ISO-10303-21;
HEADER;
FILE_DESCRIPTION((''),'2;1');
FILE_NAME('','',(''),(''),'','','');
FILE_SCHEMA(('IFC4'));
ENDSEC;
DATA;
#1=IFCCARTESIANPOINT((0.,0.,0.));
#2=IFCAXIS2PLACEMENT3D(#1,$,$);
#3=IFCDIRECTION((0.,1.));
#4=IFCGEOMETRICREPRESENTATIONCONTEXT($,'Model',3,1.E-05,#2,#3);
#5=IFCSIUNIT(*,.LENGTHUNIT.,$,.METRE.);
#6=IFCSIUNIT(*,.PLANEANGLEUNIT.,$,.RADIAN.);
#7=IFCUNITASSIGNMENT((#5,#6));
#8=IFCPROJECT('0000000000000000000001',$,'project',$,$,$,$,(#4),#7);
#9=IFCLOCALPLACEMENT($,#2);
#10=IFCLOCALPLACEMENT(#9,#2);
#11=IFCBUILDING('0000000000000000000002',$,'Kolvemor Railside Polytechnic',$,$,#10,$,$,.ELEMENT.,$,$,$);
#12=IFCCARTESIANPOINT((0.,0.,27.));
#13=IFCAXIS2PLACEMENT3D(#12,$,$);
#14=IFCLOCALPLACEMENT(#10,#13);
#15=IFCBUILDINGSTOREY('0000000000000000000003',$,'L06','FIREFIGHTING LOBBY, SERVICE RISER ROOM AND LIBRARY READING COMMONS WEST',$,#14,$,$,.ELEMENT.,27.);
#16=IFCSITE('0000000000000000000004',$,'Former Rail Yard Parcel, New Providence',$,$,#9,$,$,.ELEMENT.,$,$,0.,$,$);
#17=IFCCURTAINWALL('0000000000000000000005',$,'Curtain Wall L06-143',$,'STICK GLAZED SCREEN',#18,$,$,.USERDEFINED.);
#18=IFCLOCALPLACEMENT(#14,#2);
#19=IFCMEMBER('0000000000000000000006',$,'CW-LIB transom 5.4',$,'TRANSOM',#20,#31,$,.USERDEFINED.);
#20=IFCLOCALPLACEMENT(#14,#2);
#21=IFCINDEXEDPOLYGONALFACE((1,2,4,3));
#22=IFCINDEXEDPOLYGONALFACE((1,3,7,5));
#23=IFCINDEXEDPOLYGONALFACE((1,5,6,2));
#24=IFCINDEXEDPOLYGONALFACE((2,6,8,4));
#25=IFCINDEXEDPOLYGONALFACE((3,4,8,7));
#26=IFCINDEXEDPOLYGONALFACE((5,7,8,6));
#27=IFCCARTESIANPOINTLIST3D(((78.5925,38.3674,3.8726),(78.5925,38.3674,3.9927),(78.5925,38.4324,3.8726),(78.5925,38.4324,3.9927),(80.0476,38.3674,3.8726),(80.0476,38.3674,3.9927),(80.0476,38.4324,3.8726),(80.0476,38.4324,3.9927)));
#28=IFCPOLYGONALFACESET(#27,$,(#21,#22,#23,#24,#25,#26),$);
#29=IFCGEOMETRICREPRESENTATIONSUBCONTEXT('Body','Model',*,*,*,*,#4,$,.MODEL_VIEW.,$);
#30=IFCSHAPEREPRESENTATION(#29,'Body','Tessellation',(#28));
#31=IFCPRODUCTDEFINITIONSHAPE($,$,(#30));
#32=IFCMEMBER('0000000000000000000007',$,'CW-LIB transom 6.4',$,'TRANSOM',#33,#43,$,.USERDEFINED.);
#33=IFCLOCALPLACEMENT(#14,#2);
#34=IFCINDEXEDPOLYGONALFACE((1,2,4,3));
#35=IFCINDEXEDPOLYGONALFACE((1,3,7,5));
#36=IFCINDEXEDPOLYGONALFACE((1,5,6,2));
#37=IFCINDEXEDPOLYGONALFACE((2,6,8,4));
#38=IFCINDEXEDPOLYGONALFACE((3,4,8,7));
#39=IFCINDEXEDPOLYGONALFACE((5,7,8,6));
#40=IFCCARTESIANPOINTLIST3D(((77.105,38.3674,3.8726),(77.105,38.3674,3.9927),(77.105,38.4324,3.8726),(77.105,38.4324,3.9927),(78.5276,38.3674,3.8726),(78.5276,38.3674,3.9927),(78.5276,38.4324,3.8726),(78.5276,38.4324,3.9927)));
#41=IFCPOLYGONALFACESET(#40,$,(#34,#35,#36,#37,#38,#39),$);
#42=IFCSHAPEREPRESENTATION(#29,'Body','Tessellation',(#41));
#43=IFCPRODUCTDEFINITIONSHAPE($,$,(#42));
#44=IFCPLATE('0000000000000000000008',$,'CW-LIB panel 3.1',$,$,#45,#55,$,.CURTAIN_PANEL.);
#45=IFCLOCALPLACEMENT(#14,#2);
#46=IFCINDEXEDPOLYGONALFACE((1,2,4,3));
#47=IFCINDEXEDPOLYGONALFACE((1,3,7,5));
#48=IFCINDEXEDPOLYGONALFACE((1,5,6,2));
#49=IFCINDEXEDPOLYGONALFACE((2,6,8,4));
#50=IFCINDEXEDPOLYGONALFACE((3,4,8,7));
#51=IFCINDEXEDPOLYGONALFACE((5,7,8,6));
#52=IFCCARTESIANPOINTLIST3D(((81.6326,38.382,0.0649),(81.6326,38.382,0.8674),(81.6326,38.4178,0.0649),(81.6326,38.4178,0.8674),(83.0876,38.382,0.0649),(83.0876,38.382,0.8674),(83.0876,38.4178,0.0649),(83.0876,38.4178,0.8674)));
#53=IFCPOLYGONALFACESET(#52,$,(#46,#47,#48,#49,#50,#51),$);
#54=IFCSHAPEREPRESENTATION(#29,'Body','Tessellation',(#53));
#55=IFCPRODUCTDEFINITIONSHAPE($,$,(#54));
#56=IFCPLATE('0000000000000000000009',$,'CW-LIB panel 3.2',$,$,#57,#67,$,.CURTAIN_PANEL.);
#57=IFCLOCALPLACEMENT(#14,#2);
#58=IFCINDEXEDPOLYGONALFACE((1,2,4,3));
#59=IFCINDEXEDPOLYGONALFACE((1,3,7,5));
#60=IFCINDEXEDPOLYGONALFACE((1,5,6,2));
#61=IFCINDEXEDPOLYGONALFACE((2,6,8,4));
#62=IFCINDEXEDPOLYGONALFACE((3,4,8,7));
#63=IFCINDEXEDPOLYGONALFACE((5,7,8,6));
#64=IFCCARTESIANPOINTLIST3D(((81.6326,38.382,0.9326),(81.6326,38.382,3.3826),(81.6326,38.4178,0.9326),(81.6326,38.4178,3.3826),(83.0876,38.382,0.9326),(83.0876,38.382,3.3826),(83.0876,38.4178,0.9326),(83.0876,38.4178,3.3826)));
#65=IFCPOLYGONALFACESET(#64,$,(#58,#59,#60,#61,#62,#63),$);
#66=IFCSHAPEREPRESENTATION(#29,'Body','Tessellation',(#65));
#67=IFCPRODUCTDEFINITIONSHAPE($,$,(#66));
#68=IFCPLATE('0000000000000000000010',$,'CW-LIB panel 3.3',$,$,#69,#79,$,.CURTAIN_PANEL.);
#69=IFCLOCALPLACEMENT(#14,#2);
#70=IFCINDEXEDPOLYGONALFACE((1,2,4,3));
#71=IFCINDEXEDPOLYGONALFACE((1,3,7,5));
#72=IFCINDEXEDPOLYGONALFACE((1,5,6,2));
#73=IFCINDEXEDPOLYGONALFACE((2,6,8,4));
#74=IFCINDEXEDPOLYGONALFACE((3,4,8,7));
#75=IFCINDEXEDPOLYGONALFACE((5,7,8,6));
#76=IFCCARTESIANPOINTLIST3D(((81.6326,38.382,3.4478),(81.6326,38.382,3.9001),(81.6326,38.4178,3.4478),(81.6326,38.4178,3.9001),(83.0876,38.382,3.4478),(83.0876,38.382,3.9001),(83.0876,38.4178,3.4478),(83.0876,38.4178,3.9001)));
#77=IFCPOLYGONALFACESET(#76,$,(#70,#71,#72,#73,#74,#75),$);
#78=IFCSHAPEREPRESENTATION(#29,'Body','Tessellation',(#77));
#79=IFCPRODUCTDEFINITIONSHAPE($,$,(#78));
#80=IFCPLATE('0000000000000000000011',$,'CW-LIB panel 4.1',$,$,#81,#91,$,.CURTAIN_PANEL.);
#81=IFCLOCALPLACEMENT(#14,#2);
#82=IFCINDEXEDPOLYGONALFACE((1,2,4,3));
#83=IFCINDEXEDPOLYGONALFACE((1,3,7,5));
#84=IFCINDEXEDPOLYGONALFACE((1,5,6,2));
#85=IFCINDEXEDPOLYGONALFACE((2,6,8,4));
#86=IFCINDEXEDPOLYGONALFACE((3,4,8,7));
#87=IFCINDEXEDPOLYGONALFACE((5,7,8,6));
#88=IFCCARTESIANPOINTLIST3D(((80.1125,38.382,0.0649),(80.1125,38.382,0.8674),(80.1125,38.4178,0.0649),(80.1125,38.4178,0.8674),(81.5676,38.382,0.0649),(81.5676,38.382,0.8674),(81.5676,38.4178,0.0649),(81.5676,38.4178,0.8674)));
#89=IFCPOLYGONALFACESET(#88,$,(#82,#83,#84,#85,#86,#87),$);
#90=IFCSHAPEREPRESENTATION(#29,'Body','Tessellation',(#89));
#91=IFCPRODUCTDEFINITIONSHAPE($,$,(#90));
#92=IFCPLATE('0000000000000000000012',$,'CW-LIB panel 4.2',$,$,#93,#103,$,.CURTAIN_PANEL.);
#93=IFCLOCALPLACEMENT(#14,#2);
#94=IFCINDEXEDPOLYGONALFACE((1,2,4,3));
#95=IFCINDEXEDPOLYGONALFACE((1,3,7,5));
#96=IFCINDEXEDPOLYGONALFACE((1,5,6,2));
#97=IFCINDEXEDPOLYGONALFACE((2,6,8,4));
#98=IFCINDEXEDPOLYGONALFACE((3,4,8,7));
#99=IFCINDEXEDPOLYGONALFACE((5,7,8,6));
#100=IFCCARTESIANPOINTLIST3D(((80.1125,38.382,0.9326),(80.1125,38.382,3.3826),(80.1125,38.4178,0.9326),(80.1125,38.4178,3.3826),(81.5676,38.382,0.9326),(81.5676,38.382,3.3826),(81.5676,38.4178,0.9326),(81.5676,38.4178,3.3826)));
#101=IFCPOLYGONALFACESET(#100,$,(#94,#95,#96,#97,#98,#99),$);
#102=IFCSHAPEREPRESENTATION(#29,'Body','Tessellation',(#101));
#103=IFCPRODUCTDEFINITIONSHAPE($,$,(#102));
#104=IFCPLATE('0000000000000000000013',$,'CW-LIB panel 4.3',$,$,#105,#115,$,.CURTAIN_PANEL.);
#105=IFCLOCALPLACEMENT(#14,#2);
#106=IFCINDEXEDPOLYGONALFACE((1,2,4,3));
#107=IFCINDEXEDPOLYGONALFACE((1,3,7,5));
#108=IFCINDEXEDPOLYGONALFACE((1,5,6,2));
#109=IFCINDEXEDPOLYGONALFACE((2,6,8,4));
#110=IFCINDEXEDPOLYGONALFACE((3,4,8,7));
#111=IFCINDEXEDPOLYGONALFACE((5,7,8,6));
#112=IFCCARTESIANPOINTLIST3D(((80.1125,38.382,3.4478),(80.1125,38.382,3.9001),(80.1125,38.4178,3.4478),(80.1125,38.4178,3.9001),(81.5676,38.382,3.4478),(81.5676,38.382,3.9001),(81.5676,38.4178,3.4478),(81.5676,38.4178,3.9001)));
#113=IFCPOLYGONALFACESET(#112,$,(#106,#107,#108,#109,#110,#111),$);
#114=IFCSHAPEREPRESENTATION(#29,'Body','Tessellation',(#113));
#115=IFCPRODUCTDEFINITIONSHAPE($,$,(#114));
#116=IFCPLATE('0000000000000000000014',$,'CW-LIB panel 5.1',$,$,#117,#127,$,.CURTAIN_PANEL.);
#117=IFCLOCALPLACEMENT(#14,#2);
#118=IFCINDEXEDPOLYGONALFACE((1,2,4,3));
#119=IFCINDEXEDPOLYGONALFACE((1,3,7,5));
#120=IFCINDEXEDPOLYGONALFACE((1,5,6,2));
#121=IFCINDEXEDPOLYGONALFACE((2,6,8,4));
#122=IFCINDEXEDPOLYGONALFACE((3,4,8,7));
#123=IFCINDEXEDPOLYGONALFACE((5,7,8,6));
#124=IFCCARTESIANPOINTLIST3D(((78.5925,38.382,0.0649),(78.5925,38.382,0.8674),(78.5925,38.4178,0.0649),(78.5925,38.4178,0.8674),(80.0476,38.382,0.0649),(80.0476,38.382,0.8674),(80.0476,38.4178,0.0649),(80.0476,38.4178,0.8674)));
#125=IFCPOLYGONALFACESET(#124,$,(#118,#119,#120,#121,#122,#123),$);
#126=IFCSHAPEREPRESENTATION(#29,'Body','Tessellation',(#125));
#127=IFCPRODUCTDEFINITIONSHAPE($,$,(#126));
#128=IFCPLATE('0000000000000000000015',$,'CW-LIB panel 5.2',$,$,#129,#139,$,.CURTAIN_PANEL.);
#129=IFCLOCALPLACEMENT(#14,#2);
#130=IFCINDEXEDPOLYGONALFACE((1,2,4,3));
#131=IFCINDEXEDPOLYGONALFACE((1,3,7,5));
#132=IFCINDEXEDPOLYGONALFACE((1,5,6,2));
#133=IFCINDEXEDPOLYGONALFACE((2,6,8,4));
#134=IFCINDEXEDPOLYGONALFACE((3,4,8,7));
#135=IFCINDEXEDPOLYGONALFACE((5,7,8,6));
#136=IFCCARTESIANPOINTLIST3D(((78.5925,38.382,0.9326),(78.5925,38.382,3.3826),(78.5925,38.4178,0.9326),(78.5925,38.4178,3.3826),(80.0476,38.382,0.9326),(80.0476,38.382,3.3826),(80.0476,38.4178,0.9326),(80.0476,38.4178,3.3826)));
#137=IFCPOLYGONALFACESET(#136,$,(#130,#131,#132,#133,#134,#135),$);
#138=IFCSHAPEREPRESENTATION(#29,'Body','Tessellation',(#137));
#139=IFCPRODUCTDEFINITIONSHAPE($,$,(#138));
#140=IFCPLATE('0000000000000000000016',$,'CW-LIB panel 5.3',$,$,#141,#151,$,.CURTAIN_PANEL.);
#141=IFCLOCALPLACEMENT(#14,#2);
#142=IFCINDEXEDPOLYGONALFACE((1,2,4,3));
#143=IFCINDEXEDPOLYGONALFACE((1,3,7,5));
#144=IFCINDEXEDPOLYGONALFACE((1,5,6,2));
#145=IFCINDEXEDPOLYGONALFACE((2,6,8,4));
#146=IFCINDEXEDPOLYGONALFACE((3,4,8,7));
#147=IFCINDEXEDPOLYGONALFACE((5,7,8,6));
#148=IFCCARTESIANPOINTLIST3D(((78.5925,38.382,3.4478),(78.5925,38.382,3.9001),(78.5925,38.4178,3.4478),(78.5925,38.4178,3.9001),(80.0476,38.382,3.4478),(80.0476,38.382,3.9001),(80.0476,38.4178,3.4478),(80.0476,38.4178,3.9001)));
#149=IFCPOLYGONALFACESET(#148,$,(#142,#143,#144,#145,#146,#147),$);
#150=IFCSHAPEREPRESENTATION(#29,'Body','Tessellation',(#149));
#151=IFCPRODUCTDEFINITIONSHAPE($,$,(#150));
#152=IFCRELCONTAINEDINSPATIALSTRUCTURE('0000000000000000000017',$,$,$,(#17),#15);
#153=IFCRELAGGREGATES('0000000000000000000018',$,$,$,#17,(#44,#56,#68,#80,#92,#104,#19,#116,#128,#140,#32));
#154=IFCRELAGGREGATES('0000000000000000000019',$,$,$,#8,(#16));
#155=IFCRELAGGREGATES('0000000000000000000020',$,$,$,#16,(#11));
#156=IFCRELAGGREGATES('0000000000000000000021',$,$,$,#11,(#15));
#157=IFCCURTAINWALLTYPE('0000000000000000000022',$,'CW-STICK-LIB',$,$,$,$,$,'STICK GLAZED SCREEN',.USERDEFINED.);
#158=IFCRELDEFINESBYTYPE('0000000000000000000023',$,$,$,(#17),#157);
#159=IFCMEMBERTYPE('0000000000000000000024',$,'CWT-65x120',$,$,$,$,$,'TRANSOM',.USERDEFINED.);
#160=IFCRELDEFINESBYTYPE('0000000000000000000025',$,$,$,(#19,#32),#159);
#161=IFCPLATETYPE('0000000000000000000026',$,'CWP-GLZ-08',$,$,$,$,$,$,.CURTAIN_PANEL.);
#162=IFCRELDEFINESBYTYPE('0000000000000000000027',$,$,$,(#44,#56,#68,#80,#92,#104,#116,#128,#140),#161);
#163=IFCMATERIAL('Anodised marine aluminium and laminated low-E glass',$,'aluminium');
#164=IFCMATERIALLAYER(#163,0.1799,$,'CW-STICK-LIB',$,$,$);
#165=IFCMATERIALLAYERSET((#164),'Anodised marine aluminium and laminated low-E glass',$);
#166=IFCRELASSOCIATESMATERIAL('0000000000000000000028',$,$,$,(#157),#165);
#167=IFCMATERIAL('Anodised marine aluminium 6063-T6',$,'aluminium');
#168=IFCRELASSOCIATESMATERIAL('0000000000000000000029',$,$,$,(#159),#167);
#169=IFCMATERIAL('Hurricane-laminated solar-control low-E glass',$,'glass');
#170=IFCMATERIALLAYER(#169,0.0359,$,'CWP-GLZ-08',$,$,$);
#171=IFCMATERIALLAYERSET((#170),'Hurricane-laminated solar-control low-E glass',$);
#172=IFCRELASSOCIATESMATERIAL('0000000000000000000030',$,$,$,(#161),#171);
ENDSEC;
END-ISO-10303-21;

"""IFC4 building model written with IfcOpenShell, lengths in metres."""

from ifc_helpers import new_model, si_unit, direction, frame, origin, origin_2d, place, context, subcontext, project, spatial, rectangle, extrude, material, layer, layer_set, material_profile, profile_set, type_object, element, aggregate, save


model = new_model("IFC4")

# Units and contexts
model_context = context("Model", 3, precision=1e-05, world=origin(), true_north=direction((0.0, 1.0)))
body_context = subcontext(model_context, "Body", "Model", "MODEL_VIEW")
ifc_project = project(units=[si_unit("LENGTHUNIT", "METRE"), si_unit("PLANEANGLEUNIT", "RADIAN")], contexts=[model_context])

# Site, building, storey
site_placement = place(None, origin())
site = spatial("IfcSite", under=ifc_project, at=site_placement, Name="Former Rail Yard Parcel, New Providence", CompositionType="ELEMENT", RefElevation=0.0)
building_placement = place(site_placement, origin())
building = spatial("IfcBuilding", under=site, at=building_placement, Name="Kolvemor Railside Polytechnic", CompositionType="ELEMENT")
storey_placement = place(building_placement, frame((0.0, 0.0, 27.0)))
storey = spatial("IfcBuildingStorey", under=building, at=storey_placement, Name="L06", Description="FIREFIGHTING LOBBY, SERVICE RISER ROOM AND LIBRARY READING COMMONS WEST", CompositionType="ELEMENT", Elevation=27.0)

# Curtain wall, members, plates
ifc_material_1 = material(Name="Anodised marine aluminium and laminated low-E glass", Category="aluminium")
ifc_layer_1 = layer(ifc_material_1, 0.1799, Name="CW-STICK-LIB")
ifc_layer_set_1 = layer_set([ifc_layer_1], Name="Anodised marine aluminium and laminated low-E glass")
curtain_wall_type = type_object("IfcCurtainWallType", Name="CW-STICK-LIB", ElementType="STICK GLAZED SCREEN", PredefinedType="USERDEFINED", material=ifc_layer_set_1)
curtain_wall_placement = place(storey_placement, origin())
curtain_wall = element("IfcCurtainWall", 1, at=curtain_wall_placement, inside=storey, type_object=curtain_wall_type, Name="Curtain Wall L06-143", ObjectType="STICK GLAZED SCREEN", PredefinedType="USERDEFINED")
ifc_material_2 = material(Name="Anodised marine aluminium 6063-T6", Category="aluminium")
ifc_material_profile_1 = material_profile(ifc_material_2, rectangle(XDim=0.0649, YDim=0.1201, at=origin_2d()), Name="CW-TRN-65x120")
ifc_profile_set_1 = profile_set([ifc_material_profile_1], Name="Anodised marine aluminium 6063-T6")
member_type_1 = type_object("IfcMemberType", Name="CWT-65x120", ElementType="TRANSOM", PredefinedType="USERDEFINED", material=ifc_profile_set_1)
member_1_placement = place(storey_placement, frame((80.0476, 38.3999, 3.9326), z_axis=(-1.0, 0.0, 0.0), x_axis=(0.0, -1.0, 0.0)))
member_1 = element("IfcMember", 2, at=member_1_placement, type_object=member_type_1, Name="CW-LIB transom 5.4", ObjectType="TRANSOM", PredefinedType="USERDEFINED", context=body_context, shape_type="SweptSolid", body=[
    extrude(rectangle(XDim=0.0649, YDim=0.1201, at=origin_2d()), origin(), (0.0, 0.0, 1.0), 1.4551),
])
member_2_placement = place(storey_placement, frame((78.5276, 38.3999, 3.9326), z_axis=(-1.0, 0.0, 0.0), x_axis=(0.0, -1.0, 0.0)))
member_2 = element("IfcMember", 3, at=member_2_placement, type_object=member_type_1, Name="CW-LIB transom 6.4", ObjectType="TRANSOM", PredefinedType="USERDEFINED", context=body_context, shape_type="SweptSolid", body=[
    extrude(rectangle(XDim=0.0649, YDim=0.1201, at=origin_2d()), origin(), (0.0, 0.0, 1.0), 1.4226),
])
ifc_material_3 = material(Name="Hurricane-laminated solar-control low-E glass", Category="glass")
ifc_layer_2 = layer(ifc_material_3, 0.0359, Name="CWP-GLZ-08")
ifc_layer_set_2 = layer_set([ifc_layer_2], Name="Hurricane-laminated solar-control low-E glass")
plate_type = type_object("IfcPlateType", Name="CWP-GLZ-08", PredefinedType="CURTAIN_PANEL", material=ifc_layer_set_2)
plate_1_placement = place(storey_placement, frame((82.3601, 38.3999, 0.0649), z_axis=(0.0, 0.0, 1.0), x_axis=(-1.0, 0.0, 0.0)))
plate_1 = element("IfcPlate", 4, at=plate_1_placement, type_object=plate_type, Name="CW-LIB panel 3.1", PredefinedType="CURTAIN_PANEL", context=body_context, shape_type="SweptSolid", body=[
    extrude(rectangle(XDim=1.4551, YDim=0.0359, at=origin_2d()), origin(), (0.0, 0.0, 1.0), 0.8025),
])
plate_2_placement = place(storey_placement, frame((82.3601, 38.3999, 0.9326), z_axis=(0.0, 0.0, 1.0), x_axis=(-1.0, 0.0, 0.0)))
plate_2 = element("IfcPlate", 5, at=plate_2_placement, type_object=plate_type, Name="CW-LIB panel 3.2", PredefinedType="CURTAIN_PANEL", context=body_context, shape_type="SweptSolid", body=[
    extrude(rectangle(XDim=1.4551, YDim=0.0359, at=origin_2d()), origin(), (0.0, 0.0, 1.0), 2.45),
])
plate_3_placement = place(storey_placement, frame((82.3601, 38.3999, 3.4478), z_axis=(0.0, 0.0, 1.0), x_axis=(-1.0, 0.0, 0.0)))
plate_3 = element("IfcPlate", 6, at=plate_3_placement, type_object=plate_type, Name="CW-LIB panel 3.3", PredefinedType="CURTAIN_PANEL", context=body_context, shape_type="SweptSolid", body=[
    extrude(rectangle(XDim=1.4551, YDim=0.0359, at=origin_2d()), origin(), (0.0, 0.0, 1.0), 0.4524),
])
plate_4_placement = place(storey_placement, frame((80.8401, 38.3999, 0.0649), z_axis=(0.0, 0.0, 1.0), x_axis=(-1.0, 0.0, 0.0)))
plate_4 = element("IfcPlate", 7, at=plate_4_placement, type_object=plate_type, Name="CW-LIB panel 4.1", PredefinedType="CURTAIN_PANEL", context=body_context, shape_type="SweptSolid", body=[
    extrude(rectangle(XDim=1.4551, YDim=0.0359, at=origin_2d()), origin(), (0.0, 0.0, 1.0), 0.8025),
])
plate_5_placement = place(storey_placement, frame((80.8401, 38.3999, 0.9326), z_axis=(0.0, 0.0, 1.0), x_axis=(-1.0, 0.0, 0.0)))
plate_5 = element("IfcPlate", 8, at=plate_5_placement, type_object=plate_type, Name="CW-LIB panel 4.2", PredefinedType="CURTAIN_PANEL", context=body_context, shape_type="SweptSolid", body=[
    extrude(rectangle(XDim=1.4551, YDim=0.0359, at=origin_2d()), origin(), (0.0, 0.0, 1.0), 2.45),
])
plate_6_placement = place(storey_placement, frame((80.8401, 38.3999, 3.4478), z_axis=(0.0, 0.0, 1.0), x_axis=(-1.0, 0.0, 0.0)))
plate_6 = element("IfcPlate", 9, at=plate_6_placement, type_object=plate_type, Name="CW-LIB panel 4.3", PredefinedType="CURTAIN_PANEL", context=body_context, shape_type="SweptSolid", body=[
    extrude(rectangle(XDim=1.4551, YDim=0.0359, at=origin_2d()), origin(), (0.0, 0.0, 1.0), 0.4524),
])
plate_7_placement = place(storey_placement, frame((79.3201, 38.3999, 0.0649), z_axis=(0.0, 0.0, 1.0), x_axis=(-1.0, 0.0, 0.0)))
plate_7 = element("IfcPlate", 10, at=plate_7_placement, type_object=plate_type, Name="CW-LIB panel 5.1", PredefinedType="CURTAIN_PANEL", context=body_context, shape_type="SweptSolid", body=[
    extrude(rectangle(XDim=1.4551, YDim=0.0359, at=origin_2d()), origin(), (0.0, 0.0, 1.0), 0.8025),
])
plate_8_placement = place(storey_placement, frame((79.3201, 38.3999, 0.9326), z_axis=(0.0, 0.0, 1.0), x_axis=(-1.0, 0.0, 0.0)))
plate_8 = element("IfcPlate", 11, at=plate_8_placement, type_object=plate_type, Name="CW-LIB panel 5.2", PredefinedType="CURTAIN_PANEL", context=body_context, shape_type="SweptSolid", body=[
    extrude(rectangle(XDim=1.4551, YDim=0.0359, at=origin_2d()), origin(), (0.0, 0.0, 1.0), 2.45),
])
plate_9_placement = place(storey_placement, frame((79.3201, 38.3999, 3.4478), z_axis=(0.0, 0.0, 1.0), x_axis=(-1.0, 0.0, 0.0)))
plate_9 = element("IfcPlate", 12, at=plate_9_placement, type_object=plate_type, Name="CW-LIB panel 5.3", PredefinedType="CURTAIN_PANEL", context=body_context, shape_type="SweptSolid", body=[
    extrude(rectangle(XDim=1.4551, YDim=0.0359, at=origin_2d()), origin(), (0.0, 0.0, 1.0), 0.4524),
])
aggregate(curtain_wall, [plate_1, plate_2, plate_3, plate_4, plate_5, plate_6, member_1, plate_7, plate_8, plate_9, member_2])

save(model, "model.ifc")
